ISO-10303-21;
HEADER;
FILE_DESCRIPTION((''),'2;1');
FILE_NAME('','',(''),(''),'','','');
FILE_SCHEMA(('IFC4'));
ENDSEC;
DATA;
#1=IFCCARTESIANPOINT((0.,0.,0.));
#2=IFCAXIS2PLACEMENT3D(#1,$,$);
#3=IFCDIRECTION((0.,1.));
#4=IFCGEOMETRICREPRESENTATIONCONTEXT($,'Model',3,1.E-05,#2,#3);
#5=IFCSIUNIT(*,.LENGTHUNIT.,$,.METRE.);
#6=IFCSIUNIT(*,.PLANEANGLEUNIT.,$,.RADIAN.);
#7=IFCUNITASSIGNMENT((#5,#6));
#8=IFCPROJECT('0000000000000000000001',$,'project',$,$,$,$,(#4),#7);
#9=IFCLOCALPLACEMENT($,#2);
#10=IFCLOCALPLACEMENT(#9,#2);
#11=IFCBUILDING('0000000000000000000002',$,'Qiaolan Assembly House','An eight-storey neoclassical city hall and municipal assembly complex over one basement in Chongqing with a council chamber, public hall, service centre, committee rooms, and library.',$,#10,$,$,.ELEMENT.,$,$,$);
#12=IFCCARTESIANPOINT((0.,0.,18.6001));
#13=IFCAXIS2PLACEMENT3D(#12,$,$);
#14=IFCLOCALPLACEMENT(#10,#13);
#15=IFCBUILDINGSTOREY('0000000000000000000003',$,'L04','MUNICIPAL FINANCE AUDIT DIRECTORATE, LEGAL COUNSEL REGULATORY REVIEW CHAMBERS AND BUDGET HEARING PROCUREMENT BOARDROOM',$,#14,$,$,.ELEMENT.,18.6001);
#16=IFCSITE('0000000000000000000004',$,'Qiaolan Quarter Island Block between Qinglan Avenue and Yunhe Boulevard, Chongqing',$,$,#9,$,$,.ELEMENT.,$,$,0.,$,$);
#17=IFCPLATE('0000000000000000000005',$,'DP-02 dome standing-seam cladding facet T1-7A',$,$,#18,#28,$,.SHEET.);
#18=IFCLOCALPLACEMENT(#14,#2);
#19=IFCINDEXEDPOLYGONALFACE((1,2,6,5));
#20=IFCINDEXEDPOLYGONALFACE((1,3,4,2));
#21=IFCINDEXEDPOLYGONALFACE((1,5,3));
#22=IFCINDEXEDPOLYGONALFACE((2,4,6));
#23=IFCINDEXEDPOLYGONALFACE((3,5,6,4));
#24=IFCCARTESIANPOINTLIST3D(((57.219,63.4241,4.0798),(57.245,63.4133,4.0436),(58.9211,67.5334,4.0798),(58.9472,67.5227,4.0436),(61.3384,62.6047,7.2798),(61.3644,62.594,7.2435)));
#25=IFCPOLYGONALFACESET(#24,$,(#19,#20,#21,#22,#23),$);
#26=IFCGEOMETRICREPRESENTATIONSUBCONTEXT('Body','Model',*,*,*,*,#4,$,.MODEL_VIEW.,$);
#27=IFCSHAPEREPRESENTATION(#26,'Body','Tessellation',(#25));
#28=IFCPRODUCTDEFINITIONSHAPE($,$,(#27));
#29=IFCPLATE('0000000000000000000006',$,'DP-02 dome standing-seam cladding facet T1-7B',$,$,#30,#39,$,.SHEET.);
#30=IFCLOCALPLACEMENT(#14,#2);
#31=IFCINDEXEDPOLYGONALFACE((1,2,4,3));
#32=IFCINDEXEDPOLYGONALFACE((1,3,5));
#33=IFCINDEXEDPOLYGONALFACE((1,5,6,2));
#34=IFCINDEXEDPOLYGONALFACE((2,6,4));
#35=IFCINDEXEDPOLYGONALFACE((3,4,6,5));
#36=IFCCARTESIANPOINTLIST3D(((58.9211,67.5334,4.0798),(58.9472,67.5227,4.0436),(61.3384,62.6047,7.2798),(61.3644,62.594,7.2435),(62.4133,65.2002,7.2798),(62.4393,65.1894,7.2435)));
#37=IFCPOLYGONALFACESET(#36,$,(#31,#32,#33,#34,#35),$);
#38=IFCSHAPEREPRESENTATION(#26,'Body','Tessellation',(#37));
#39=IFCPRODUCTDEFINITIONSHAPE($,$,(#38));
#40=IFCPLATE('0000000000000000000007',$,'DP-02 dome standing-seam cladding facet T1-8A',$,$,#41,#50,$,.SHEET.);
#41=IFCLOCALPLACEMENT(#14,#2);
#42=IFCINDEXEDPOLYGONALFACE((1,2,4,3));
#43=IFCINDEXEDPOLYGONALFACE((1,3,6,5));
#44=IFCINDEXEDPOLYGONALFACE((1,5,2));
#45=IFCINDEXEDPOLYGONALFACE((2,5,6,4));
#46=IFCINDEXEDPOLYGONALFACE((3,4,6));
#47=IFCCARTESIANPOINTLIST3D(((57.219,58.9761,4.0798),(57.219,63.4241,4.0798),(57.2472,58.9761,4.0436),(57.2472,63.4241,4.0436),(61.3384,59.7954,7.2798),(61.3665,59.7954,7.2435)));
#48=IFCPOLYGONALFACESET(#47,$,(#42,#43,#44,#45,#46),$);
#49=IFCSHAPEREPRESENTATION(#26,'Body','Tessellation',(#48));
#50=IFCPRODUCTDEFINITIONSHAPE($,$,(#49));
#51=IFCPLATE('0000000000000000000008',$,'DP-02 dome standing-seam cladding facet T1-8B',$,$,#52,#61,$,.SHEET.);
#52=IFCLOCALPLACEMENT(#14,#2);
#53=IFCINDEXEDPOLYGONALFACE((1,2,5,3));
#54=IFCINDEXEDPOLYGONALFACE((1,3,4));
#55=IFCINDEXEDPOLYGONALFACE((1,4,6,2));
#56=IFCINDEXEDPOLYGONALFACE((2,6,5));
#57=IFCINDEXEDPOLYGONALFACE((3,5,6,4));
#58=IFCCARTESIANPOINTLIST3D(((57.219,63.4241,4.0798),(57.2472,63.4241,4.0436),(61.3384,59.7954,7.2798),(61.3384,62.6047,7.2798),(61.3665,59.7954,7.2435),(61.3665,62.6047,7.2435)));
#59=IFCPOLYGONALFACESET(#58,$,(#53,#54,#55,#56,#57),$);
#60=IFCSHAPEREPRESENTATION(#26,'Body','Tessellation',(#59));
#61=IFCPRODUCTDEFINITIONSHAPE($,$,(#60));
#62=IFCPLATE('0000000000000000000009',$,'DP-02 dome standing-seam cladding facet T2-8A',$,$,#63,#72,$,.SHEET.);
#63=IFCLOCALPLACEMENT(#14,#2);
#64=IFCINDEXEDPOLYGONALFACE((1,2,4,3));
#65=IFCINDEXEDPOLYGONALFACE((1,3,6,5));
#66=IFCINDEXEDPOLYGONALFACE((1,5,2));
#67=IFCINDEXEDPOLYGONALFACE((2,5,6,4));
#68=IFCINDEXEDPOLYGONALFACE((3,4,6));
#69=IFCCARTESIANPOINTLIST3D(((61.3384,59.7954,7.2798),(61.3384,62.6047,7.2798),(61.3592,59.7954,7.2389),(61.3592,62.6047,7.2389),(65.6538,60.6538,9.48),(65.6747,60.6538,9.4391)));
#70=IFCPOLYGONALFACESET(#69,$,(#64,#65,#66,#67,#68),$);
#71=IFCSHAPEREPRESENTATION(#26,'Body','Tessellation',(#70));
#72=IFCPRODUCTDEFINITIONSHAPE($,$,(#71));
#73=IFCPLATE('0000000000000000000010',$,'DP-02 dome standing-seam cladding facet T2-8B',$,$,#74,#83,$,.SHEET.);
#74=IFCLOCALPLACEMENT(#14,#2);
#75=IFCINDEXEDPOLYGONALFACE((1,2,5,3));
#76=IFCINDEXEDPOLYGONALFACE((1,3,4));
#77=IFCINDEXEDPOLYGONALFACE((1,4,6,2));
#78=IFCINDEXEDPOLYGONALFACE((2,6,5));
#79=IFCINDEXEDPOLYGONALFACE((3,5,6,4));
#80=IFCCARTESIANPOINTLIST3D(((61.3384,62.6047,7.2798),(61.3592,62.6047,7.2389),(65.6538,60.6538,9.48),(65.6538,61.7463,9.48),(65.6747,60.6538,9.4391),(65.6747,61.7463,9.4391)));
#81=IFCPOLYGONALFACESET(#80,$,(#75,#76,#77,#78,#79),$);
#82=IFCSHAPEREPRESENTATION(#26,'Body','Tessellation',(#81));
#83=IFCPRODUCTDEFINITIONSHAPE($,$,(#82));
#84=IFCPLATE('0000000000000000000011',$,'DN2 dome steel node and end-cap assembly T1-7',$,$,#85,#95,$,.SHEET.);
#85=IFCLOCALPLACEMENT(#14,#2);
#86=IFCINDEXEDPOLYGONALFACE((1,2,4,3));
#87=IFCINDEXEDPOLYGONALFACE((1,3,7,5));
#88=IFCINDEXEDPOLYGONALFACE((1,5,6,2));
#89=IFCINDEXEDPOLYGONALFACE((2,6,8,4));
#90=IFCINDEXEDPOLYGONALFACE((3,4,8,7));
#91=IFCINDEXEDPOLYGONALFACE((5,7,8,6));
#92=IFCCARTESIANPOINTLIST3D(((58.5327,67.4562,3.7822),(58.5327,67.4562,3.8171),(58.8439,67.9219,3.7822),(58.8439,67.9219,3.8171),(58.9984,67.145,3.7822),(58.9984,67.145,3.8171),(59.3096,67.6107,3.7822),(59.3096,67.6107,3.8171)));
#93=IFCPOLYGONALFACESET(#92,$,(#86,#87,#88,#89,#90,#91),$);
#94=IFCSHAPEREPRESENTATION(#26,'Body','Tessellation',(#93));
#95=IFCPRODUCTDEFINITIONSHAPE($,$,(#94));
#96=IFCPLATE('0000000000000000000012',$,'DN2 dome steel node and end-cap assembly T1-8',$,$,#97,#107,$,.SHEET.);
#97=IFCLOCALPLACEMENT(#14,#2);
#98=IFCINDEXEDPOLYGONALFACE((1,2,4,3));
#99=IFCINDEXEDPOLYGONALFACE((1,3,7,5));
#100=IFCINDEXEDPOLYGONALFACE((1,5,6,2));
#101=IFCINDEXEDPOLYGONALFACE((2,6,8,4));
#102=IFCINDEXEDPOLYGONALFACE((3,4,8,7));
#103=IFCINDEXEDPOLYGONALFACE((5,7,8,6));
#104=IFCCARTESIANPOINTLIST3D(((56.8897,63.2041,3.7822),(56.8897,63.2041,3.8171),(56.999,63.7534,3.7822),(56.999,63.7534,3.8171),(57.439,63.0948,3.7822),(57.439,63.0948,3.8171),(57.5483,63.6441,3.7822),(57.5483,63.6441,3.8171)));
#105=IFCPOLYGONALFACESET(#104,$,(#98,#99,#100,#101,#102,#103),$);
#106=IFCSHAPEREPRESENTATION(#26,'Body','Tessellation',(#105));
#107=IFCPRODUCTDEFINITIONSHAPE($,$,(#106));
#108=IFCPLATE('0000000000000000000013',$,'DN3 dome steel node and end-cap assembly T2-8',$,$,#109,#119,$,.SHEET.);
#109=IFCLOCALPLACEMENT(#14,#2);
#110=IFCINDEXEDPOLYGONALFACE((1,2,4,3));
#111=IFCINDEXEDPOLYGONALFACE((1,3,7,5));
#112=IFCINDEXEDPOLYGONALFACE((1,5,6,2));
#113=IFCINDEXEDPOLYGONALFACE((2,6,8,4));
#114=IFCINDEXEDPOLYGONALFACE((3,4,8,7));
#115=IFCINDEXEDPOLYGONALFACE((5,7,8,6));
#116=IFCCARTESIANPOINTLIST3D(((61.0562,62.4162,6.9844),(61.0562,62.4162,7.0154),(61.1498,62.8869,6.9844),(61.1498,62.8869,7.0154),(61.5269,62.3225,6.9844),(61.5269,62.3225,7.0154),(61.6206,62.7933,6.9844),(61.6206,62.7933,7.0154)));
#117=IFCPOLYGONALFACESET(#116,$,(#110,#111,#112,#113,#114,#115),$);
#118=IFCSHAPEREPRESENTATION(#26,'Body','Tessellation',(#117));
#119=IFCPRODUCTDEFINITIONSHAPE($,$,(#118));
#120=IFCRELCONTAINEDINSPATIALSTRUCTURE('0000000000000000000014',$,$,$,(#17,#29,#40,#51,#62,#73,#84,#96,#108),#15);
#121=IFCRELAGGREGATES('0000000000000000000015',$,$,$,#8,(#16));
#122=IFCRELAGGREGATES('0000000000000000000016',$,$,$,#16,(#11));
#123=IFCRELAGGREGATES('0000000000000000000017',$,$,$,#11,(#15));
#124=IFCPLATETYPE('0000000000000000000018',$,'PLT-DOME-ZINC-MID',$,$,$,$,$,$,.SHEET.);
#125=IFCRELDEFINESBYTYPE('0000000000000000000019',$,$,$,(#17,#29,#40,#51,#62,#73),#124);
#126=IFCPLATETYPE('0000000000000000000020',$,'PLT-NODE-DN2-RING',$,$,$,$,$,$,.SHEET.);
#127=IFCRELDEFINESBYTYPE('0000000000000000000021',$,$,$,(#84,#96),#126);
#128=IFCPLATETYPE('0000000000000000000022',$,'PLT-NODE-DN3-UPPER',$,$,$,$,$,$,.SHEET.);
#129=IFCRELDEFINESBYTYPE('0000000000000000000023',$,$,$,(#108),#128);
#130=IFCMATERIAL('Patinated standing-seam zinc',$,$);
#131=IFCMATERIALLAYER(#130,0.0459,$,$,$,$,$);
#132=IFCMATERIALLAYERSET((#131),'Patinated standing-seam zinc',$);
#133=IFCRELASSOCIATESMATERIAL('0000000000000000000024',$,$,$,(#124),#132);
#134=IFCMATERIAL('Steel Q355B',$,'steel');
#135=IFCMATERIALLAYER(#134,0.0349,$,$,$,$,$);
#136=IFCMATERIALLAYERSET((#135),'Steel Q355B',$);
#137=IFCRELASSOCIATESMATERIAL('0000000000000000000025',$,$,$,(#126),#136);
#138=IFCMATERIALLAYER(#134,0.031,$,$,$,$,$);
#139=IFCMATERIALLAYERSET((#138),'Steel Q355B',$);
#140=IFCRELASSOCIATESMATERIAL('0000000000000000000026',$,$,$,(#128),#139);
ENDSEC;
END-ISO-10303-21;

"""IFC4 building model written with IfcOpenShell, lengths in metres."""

from ifc_helpers import new_model, si_unit, direction, frame, origin, origin_2d, place, context, subcontext, project, spatial, polyline, rectangle, outline, extrude, material, layer, layer_set, type_object, element, save


model = new_model("IFC4")

# Units and contexts
model_context = context("Model", 3, precision=1e-05, world=origin(), true_north=direction((0.0, 1.0)))
body_context = subcontext(model_context, "Body", "Model", "MODEL_VIEW")
ifc_project = project(units=[si_unit("LENGTHUNIT", "METRE"), si_unit("PLANEANGLEUNIT", "RADIAN")], contexts=[model_context])

# Site, building, storey
site_placement = place(None, origin())
site = spatial("IfcSite", under=ifc_project, at=site_placement, Name="Qiaolan Quarter Island Block between Qinglan Avenue and Yunhe Boulevard, Chongqing", CompositionType="ELEMENT", RefElevation=0.0)
building_placement = place(site_placement, origin())
building = spatial("IfcBuilding", under=site, at=building_placement, Name="Qiaolan Assembly House", Description="An eight-storey neoclassical city hall and municipal assembly complex over one basement in Chongqing with a council chamber, public hall, service centre, committee rooms, and library.", CompositionType="ELEMENT")
storey_placement = place(building_placement, frame((0.0, 0.0, 18.6001)))
storey = spatial("IfcBuildingStorey", under=building, at=storey_placement, Name="L04", Description="MUNICIPAL FINANCE AUDIT DIRECTORATE, LEGAL COUNSEL REGULATORY REVIEW CHAMBERS AND BUDGET HEARING PROCUREMENT BOARDROOM", CompositionType="ELEMENT", Elevation=18.6001)

# Shared definitions
ifc_material_1 = material(Name="Steel Q355B", Category="steel")

# Plates
ifc_material_2 = material(Name="Patinated standing-seam zinc")
ifc_layer_1 = layer(ifc_material_2, 0.0459)
ifc_layer_set_1 = layer_set([ifc_layer_1], Name="Patinated standing-seam zinc")
plate_type_1 = type_object("IfcPlateType", Name="PLT-DOME-ZINC-MID", PredefinedType="SHEET", material=ifc_layer_set_1)
plate_1_placement = place(storey_placement, frame((58.9211, 67.5334, 4.0798), z_axis=(-0.566766, 0.234761, 0.789724), x_axis=(-0.382681, -0.92388, 0.0)))
element("IfcPlate", 1, at=plate_1_placement, inside=storey, type_object=plate_type_1, Name="DP-02 dome standing-seam cladding facet T1-7A", PredefinedType="SHEET", context=body_context, shape_type="SweptSolid", body=[
    extrude(outline(polyline([(0.0, 0.0), (4.448, 0.0), (3.6285, 5.2162), (0.0, 0.0)])), origin(), (0.0, 0.0, -1.0), 0.0459),
])
plate_2_placement = place(storey_placement, frame((58.9211, 67.5334, 4.0798), z_axis=(-0.566787, 0.234744, 0.789713), x_axis=(0.38042, -0.775671, 0.503602)))
element("IfcPlate", 2, at=plate_2_placement, inside=storey, type_object=plate_type_1, Name="DP-02 dome standing-seam cladding facet T1-7B", PredefinedType="SHEET", context=body_context, shape_type="SweptSolid", body=[
    extrude(outline(polyline([(0.0, 0.0), (6.3541, 0.0), (4.7498, 2.3061), (0.0, 0.0)])), origin(), (0.0, 0.0, -1.0), 0.0459),
])
plate_3_placement = place(storey_placement, frame((57.219, 63.4241, 4.0798), z_axis=(-0.613461, 0.0, 0.789725), x_axis=(0.0, -1.0, 0.0)))
element("IfcPlate", 3, at=plate_3_placement, inside=storey, type_object=plate_type_1, Name="DP-02 dome standing-seam cladding facet T1-8A", PredefinedType="SHEET", context=body_context, shape_type="SweptSolid", body=[
    extrude(outline(polyline([(0.0, 0.0), (4.448, 0.0), (3.6287, 5.2162), (0.0, 0.0)])), origin(), (0.0, 0.0, -1.0), 0.0459),
])
plate_4_placement = place(storey_placement, frame((57.219, 63.4241, 4.0798), z_axis=(-0.613461, 0.0, 0.789725), x_axis=(0.64829, -0.571063, 0.503594)))
element("IfcPlate", 4, at=plate_4_placement, inside=storey, type_object=plate_type_1, Name="DP-02 dome standing-seam cladding facet T1-8B", PredefinedType="SHEET", context=body_context, shape_type="SweptSolid", body=[
    extrude(outline(polyline([(0.0, 0.0), (6.3542, 0.0), (4.7499, 2.3062), (0.0, 0.0)])), origin(), (0.0, 0.0, -1.0), 0.0459),
])
plate_5_placement = place(storey_placement, frame((61.3384, 62.6047, 7.2798), z_axis=(-0.454216, 0.0, 0.890892), x_axis=(0.0, -1.0, 0.0)))
element("IfcPlate", 5, at=plate_5_placement, inside=storey, type_object=plate_type_1, Name="DP-02 dome standing-seam cladding facet T2-8A", PredefinedType="SHEET", context=body_context, shape_type="SweptSolid", body=[
    extrude(outline(polyline([(0.0, 0.0), (2.8093, 0.0), (1.9509, 4.8439), (0.0, 0.0)])), origin(), (0.0, 0.0, -1.0), 0.0459),
])
plate_6_placement = place(storey_placement, frame((61.3384, 62.6047, 7.2798), z_axis=(-0.454216, 0.0, 0.890892), x_axis=(0.826385, -0.373594, 0.421327)))
element("IfcPlate", 6, at=plate_6_placement, inside=storey, type_object=plate_type_1, Name="DP-02 dome standing-seam cladding facet T2-8B", PredefinedType="SHEET", context=body_context, shape_type="SweptSolid", body=[
    extrude(outline(polyline([(0.0, 0.0), (5.2221, 0.0), (4.8139, 1.0134), (0.0, 0.0)])), origin(), (0.0, 0.0, -1.0), 0.0459),
])
ifc_layer_2 = layer(ifc_material_1, 0.0349)
ifc_layer_set_2 = layer_set([ifc_layer_2], Name="Steel Q355B")
plate_type_2 = type_object("IfcPlateType", Name="PLT-NODE-DN2-RING", PredefinedType="SHEET", material=ifc_layer_set_2)
for number, where, z_axis, x_axis, name in (
    (7, (58.9211, 67.5334, 3.7822), (0.0, 0.0, 1.0), (-0.83147, 0.55557, 0.0), "DN2 dome steel node and end-cap assembly T1-7"),
    (8, (57.219, 63.4241, 3.7822), (0.0, 0.0, 1.0), (-0.980785, 0.19509, 0.0), "DN2 dome steel node and end-cap assembly T1-8"),
):
    element("IfcPlate", number, at=place(storey_placement, frame(where, z_axis=z_axis, x_axis=x_axis)), inside=storey, type_object=plate_type_2, Name=name, PredefinedType="SHEET", context=body_context, shape_type="SweptSolid", body=[
        extrude(rectangle(XDim=0.5601, YDim=0.5601, at=origin_2d()), origin(), (0.0, 0.0, 1.0), 0.0349),
    ])
ifc_layer_3 = layer(ifc_material_1, 0.031)
ifc_layer_set_3 = layer_set([ifc_layer_3], Name="Steel Q355B")
plate_type_3 = type_object("IfcPlateType", Name="PLT-NODE-DN3-UPPER", PredefinedType="SHEET", material=ifc_layer_set_3)
plate_7_placement = place(storey_placement, frame((61.3384, 62.6047, 6.9844), z_axis=(0.0, 0.0, 1.0), x_axis=(-0.980785, 0.19509, 0.0)))
element("IfcPlate", 9, at=plate_7_placement, inside=storey, type_object=plate_type_3, Name="DN3 dome steel node and end-cap assembly T2-8", PredefinedType="SHEET", context=body_context, shape_type="SweptSolid", body=[
    extrude(rectangle(XDim=0.48, YDim=0.48, at=origin_2d()), origin(), (0.0, 0.0, 1.0), 0.031),
])

save(model, "model.ifc")
